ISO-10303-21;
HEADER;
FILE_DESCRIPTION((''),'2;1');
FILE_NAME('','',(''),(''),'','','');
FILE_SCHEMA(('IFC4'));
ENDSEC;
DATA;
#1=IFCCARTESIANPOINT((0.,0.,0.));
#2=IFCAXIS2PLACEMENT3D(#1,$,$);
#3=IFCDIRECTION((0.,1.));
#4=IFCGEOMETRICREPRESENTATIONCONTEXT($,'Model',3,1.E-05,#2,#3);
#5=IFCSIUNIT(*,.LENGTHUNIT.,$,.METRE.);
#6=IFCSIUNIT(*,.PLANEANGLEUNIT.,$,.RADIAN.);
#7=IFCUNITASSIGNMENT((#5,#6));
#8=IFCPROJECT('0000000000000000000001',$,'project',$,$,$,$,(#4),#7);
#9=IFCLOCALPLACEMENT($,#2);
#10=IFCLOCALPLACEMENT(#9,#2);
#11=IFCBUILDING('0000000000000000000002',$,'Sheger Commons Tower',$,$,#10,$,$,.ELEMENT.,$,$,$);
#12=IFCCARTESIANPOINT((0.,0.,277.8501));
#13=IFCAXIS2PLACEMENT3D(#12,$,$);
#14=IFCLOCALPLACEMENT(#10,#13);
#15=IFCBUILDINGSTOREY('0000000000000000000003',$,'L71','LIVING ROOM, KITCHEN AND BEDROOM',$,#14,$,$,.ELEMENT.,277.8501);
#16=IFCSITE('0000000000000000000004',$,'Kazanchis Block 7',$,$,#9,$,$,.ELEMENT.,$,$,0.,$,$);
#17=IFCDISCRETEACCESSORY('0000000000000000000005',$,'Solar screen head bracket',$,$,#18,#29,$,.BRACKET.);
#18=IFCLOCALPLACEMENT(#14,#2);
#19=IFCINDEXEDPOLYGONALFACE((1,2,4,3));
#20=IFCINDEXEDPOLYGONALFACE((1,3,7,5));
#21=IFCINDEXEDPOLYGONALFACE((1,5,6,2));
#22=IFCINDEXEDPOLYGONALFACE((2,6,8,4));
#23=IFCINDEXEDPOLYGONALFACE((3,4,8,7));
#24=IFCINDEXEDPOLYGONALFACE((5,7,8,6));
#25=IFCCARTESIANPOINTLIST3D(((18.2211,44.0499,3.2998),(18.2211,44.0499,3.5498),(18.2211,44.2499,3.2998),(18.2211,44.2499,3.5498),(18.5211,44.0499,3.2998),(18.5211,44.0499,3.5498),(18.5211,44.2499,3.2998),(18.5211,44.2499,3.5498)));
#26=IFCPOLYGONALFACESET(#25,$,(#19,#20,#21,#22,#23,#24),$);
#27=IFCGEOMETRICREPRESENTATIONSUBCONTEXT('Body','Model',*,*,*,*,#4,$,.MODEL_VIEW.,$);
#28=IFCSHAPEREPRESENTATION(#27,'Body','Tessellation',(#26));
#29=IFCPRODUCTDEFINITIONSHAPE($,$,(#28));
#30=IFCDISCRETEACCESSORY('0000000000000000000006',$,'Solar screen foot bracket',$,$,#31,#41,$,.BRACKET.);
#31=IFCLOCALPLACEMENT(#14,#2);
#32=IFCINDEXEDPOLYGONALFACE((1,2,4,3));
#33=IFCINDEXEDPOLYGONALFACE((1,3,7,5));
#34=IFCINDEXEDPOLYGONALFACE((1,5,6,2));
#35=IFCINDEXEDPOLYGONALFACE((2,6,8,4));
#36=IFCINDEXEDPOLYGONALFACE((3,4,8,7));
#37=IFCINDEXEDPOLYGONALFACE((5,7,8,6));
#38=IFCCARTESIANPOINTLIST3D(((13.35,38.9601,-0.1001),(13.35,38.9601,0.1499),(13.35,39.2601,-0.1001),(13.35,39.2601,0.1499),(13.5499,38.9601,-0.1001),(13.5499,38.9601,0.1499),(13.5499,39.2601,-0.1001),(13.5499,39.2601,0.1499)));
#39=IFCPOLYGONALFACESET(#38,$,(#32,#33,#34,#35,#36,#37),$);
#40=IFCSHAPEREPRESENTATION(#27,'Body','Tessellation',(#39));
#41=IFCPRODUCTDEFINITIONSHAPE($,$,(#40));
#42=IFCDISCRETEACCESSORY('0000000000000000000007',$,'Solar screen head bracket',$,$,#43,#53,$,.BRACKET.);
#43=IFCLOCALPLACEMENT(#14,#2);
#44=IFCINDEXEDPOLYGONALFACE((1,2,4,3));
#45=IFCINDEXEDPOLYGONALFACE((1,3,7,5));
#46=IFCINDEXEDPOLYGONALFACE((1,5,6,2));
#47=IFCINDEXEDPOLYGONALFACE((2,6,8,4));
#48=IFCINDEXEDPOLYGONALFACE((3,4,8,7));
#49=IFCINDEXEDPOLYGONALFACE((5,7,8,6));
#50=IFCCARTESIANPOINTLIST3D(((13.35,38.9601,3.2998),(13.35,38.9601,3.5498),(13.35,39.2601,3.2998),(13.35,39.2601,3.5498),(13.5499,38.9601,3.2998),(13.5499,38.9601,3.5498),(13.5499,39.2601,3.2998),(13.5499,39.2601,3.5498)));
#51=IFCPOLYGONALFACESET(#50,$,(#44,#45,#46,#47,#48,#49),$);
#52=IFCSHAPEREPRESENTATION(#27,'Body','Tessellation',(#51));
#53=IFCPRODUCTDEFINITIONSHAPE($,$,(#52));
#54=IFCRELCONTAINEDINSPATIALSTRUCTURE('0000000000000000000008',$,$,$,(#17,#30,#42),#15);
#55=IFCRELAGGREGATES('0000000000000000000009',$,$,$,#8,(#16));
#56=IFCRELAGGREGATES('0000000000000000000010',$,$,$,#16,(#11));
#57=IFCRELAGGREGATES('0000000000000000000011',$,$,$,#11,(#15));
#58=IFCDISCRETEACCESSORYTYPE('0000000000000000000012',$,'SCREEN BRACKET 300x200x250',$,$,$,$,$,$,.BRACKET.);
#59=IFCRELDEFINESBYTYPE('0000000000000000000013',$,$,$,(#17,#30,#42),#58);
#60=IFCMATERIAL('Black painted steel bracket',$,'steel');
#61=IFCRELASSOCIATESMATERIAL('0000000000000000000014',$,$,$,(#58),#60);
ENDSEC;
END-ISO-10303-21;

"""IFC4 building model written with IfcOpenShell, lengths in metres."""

from ifc_helpers import new_model, si_unit, direction, frame, origin, origin_2d, place, context, subcontext, project, spatial, rectangle, extrude, material, type_object, element, save


model = new_model("IFC4")

# Units and contexts
model_context = context("Model", 3, precision=1e-05, world=origin(), true_north=direction((0.0, 1.0)))
body_context = subcontext(model_context, "Body", "Model", "MODEL_VIEW")
ifc_project = project(units=[si_unit("LENGTHUNIT", "METRE"), si_unit("PLANEANGLEUNIT", "RADIAN")], contexts=[model_context])

# Site, building, storey
site_placement = place(None, origin())
site = spatial("IfcSite", under=ifc_project, at=site_placement, Name="Kazanchis Block 7", CompositionType="ELEMENT", RefElevation=0.0)
building_placement = place(site_placement, origin())
building = spatial("IfcBuilding", under=site, at=building_placement, Name="Sheger Commons Tower", CompositionType="ELEMENT")
storey_placement = place(building_placement, frame((0.0, 0.0, 277.8501)))
storey = spatial("IfcBuildingStorey", under=building, at=storey_placement, Name="L71", Description="LIVING ROOM, KITCHEN AND BEDROOM", CompositionType="ELEMENT", Elevation=277.8501)

# Discrete accessories
ifc_material_1 = material(Name="Black painted steel bracket", Category="steel")
discrete_accessory_type = type_object("IfcDiscreteAccessoryType", Name="SCREEN BRACKET 300x200x250", PredefinedType="BRACKET", material=ifc_material_1)
for number, where, z_axis, x_axis, name in (
    (1, (18.3711, 44.1499, 3.2998), (0.0, 0.0, 1.0), (-1.0, 0.0, 0.0), "Solar screen head bracket"),
    (2, (13.45, 39.1101, -0.1001), (0.0, 0.0, 1.0), (0.0, -1.0, 0.0), "Solar screen foot bracket"),
    (3, (13.45, 39.1101, 3.2998), (0.0, 0.0, 1.0), (0.0, -1.0, 0.0), "Solar screen head bracket"),
):
    element("IfcDiscreteAccessory", number, at=place(storey_placement, frame(where, z_axis=z_axis, x_axis=x_axis)), inside=storey, type_object=discrete_accessory_type, Name=name, PredefinedType="BRACKET", context=body_context, shape_type="SweptSolid", body=[
        extrude(rectangle(XDim=0.3, YDim=0.2, at=origin_2d()), origin(), (0.0, 0.0, 1.0), 0.25),
    ])

save(model, "model.ifc")
